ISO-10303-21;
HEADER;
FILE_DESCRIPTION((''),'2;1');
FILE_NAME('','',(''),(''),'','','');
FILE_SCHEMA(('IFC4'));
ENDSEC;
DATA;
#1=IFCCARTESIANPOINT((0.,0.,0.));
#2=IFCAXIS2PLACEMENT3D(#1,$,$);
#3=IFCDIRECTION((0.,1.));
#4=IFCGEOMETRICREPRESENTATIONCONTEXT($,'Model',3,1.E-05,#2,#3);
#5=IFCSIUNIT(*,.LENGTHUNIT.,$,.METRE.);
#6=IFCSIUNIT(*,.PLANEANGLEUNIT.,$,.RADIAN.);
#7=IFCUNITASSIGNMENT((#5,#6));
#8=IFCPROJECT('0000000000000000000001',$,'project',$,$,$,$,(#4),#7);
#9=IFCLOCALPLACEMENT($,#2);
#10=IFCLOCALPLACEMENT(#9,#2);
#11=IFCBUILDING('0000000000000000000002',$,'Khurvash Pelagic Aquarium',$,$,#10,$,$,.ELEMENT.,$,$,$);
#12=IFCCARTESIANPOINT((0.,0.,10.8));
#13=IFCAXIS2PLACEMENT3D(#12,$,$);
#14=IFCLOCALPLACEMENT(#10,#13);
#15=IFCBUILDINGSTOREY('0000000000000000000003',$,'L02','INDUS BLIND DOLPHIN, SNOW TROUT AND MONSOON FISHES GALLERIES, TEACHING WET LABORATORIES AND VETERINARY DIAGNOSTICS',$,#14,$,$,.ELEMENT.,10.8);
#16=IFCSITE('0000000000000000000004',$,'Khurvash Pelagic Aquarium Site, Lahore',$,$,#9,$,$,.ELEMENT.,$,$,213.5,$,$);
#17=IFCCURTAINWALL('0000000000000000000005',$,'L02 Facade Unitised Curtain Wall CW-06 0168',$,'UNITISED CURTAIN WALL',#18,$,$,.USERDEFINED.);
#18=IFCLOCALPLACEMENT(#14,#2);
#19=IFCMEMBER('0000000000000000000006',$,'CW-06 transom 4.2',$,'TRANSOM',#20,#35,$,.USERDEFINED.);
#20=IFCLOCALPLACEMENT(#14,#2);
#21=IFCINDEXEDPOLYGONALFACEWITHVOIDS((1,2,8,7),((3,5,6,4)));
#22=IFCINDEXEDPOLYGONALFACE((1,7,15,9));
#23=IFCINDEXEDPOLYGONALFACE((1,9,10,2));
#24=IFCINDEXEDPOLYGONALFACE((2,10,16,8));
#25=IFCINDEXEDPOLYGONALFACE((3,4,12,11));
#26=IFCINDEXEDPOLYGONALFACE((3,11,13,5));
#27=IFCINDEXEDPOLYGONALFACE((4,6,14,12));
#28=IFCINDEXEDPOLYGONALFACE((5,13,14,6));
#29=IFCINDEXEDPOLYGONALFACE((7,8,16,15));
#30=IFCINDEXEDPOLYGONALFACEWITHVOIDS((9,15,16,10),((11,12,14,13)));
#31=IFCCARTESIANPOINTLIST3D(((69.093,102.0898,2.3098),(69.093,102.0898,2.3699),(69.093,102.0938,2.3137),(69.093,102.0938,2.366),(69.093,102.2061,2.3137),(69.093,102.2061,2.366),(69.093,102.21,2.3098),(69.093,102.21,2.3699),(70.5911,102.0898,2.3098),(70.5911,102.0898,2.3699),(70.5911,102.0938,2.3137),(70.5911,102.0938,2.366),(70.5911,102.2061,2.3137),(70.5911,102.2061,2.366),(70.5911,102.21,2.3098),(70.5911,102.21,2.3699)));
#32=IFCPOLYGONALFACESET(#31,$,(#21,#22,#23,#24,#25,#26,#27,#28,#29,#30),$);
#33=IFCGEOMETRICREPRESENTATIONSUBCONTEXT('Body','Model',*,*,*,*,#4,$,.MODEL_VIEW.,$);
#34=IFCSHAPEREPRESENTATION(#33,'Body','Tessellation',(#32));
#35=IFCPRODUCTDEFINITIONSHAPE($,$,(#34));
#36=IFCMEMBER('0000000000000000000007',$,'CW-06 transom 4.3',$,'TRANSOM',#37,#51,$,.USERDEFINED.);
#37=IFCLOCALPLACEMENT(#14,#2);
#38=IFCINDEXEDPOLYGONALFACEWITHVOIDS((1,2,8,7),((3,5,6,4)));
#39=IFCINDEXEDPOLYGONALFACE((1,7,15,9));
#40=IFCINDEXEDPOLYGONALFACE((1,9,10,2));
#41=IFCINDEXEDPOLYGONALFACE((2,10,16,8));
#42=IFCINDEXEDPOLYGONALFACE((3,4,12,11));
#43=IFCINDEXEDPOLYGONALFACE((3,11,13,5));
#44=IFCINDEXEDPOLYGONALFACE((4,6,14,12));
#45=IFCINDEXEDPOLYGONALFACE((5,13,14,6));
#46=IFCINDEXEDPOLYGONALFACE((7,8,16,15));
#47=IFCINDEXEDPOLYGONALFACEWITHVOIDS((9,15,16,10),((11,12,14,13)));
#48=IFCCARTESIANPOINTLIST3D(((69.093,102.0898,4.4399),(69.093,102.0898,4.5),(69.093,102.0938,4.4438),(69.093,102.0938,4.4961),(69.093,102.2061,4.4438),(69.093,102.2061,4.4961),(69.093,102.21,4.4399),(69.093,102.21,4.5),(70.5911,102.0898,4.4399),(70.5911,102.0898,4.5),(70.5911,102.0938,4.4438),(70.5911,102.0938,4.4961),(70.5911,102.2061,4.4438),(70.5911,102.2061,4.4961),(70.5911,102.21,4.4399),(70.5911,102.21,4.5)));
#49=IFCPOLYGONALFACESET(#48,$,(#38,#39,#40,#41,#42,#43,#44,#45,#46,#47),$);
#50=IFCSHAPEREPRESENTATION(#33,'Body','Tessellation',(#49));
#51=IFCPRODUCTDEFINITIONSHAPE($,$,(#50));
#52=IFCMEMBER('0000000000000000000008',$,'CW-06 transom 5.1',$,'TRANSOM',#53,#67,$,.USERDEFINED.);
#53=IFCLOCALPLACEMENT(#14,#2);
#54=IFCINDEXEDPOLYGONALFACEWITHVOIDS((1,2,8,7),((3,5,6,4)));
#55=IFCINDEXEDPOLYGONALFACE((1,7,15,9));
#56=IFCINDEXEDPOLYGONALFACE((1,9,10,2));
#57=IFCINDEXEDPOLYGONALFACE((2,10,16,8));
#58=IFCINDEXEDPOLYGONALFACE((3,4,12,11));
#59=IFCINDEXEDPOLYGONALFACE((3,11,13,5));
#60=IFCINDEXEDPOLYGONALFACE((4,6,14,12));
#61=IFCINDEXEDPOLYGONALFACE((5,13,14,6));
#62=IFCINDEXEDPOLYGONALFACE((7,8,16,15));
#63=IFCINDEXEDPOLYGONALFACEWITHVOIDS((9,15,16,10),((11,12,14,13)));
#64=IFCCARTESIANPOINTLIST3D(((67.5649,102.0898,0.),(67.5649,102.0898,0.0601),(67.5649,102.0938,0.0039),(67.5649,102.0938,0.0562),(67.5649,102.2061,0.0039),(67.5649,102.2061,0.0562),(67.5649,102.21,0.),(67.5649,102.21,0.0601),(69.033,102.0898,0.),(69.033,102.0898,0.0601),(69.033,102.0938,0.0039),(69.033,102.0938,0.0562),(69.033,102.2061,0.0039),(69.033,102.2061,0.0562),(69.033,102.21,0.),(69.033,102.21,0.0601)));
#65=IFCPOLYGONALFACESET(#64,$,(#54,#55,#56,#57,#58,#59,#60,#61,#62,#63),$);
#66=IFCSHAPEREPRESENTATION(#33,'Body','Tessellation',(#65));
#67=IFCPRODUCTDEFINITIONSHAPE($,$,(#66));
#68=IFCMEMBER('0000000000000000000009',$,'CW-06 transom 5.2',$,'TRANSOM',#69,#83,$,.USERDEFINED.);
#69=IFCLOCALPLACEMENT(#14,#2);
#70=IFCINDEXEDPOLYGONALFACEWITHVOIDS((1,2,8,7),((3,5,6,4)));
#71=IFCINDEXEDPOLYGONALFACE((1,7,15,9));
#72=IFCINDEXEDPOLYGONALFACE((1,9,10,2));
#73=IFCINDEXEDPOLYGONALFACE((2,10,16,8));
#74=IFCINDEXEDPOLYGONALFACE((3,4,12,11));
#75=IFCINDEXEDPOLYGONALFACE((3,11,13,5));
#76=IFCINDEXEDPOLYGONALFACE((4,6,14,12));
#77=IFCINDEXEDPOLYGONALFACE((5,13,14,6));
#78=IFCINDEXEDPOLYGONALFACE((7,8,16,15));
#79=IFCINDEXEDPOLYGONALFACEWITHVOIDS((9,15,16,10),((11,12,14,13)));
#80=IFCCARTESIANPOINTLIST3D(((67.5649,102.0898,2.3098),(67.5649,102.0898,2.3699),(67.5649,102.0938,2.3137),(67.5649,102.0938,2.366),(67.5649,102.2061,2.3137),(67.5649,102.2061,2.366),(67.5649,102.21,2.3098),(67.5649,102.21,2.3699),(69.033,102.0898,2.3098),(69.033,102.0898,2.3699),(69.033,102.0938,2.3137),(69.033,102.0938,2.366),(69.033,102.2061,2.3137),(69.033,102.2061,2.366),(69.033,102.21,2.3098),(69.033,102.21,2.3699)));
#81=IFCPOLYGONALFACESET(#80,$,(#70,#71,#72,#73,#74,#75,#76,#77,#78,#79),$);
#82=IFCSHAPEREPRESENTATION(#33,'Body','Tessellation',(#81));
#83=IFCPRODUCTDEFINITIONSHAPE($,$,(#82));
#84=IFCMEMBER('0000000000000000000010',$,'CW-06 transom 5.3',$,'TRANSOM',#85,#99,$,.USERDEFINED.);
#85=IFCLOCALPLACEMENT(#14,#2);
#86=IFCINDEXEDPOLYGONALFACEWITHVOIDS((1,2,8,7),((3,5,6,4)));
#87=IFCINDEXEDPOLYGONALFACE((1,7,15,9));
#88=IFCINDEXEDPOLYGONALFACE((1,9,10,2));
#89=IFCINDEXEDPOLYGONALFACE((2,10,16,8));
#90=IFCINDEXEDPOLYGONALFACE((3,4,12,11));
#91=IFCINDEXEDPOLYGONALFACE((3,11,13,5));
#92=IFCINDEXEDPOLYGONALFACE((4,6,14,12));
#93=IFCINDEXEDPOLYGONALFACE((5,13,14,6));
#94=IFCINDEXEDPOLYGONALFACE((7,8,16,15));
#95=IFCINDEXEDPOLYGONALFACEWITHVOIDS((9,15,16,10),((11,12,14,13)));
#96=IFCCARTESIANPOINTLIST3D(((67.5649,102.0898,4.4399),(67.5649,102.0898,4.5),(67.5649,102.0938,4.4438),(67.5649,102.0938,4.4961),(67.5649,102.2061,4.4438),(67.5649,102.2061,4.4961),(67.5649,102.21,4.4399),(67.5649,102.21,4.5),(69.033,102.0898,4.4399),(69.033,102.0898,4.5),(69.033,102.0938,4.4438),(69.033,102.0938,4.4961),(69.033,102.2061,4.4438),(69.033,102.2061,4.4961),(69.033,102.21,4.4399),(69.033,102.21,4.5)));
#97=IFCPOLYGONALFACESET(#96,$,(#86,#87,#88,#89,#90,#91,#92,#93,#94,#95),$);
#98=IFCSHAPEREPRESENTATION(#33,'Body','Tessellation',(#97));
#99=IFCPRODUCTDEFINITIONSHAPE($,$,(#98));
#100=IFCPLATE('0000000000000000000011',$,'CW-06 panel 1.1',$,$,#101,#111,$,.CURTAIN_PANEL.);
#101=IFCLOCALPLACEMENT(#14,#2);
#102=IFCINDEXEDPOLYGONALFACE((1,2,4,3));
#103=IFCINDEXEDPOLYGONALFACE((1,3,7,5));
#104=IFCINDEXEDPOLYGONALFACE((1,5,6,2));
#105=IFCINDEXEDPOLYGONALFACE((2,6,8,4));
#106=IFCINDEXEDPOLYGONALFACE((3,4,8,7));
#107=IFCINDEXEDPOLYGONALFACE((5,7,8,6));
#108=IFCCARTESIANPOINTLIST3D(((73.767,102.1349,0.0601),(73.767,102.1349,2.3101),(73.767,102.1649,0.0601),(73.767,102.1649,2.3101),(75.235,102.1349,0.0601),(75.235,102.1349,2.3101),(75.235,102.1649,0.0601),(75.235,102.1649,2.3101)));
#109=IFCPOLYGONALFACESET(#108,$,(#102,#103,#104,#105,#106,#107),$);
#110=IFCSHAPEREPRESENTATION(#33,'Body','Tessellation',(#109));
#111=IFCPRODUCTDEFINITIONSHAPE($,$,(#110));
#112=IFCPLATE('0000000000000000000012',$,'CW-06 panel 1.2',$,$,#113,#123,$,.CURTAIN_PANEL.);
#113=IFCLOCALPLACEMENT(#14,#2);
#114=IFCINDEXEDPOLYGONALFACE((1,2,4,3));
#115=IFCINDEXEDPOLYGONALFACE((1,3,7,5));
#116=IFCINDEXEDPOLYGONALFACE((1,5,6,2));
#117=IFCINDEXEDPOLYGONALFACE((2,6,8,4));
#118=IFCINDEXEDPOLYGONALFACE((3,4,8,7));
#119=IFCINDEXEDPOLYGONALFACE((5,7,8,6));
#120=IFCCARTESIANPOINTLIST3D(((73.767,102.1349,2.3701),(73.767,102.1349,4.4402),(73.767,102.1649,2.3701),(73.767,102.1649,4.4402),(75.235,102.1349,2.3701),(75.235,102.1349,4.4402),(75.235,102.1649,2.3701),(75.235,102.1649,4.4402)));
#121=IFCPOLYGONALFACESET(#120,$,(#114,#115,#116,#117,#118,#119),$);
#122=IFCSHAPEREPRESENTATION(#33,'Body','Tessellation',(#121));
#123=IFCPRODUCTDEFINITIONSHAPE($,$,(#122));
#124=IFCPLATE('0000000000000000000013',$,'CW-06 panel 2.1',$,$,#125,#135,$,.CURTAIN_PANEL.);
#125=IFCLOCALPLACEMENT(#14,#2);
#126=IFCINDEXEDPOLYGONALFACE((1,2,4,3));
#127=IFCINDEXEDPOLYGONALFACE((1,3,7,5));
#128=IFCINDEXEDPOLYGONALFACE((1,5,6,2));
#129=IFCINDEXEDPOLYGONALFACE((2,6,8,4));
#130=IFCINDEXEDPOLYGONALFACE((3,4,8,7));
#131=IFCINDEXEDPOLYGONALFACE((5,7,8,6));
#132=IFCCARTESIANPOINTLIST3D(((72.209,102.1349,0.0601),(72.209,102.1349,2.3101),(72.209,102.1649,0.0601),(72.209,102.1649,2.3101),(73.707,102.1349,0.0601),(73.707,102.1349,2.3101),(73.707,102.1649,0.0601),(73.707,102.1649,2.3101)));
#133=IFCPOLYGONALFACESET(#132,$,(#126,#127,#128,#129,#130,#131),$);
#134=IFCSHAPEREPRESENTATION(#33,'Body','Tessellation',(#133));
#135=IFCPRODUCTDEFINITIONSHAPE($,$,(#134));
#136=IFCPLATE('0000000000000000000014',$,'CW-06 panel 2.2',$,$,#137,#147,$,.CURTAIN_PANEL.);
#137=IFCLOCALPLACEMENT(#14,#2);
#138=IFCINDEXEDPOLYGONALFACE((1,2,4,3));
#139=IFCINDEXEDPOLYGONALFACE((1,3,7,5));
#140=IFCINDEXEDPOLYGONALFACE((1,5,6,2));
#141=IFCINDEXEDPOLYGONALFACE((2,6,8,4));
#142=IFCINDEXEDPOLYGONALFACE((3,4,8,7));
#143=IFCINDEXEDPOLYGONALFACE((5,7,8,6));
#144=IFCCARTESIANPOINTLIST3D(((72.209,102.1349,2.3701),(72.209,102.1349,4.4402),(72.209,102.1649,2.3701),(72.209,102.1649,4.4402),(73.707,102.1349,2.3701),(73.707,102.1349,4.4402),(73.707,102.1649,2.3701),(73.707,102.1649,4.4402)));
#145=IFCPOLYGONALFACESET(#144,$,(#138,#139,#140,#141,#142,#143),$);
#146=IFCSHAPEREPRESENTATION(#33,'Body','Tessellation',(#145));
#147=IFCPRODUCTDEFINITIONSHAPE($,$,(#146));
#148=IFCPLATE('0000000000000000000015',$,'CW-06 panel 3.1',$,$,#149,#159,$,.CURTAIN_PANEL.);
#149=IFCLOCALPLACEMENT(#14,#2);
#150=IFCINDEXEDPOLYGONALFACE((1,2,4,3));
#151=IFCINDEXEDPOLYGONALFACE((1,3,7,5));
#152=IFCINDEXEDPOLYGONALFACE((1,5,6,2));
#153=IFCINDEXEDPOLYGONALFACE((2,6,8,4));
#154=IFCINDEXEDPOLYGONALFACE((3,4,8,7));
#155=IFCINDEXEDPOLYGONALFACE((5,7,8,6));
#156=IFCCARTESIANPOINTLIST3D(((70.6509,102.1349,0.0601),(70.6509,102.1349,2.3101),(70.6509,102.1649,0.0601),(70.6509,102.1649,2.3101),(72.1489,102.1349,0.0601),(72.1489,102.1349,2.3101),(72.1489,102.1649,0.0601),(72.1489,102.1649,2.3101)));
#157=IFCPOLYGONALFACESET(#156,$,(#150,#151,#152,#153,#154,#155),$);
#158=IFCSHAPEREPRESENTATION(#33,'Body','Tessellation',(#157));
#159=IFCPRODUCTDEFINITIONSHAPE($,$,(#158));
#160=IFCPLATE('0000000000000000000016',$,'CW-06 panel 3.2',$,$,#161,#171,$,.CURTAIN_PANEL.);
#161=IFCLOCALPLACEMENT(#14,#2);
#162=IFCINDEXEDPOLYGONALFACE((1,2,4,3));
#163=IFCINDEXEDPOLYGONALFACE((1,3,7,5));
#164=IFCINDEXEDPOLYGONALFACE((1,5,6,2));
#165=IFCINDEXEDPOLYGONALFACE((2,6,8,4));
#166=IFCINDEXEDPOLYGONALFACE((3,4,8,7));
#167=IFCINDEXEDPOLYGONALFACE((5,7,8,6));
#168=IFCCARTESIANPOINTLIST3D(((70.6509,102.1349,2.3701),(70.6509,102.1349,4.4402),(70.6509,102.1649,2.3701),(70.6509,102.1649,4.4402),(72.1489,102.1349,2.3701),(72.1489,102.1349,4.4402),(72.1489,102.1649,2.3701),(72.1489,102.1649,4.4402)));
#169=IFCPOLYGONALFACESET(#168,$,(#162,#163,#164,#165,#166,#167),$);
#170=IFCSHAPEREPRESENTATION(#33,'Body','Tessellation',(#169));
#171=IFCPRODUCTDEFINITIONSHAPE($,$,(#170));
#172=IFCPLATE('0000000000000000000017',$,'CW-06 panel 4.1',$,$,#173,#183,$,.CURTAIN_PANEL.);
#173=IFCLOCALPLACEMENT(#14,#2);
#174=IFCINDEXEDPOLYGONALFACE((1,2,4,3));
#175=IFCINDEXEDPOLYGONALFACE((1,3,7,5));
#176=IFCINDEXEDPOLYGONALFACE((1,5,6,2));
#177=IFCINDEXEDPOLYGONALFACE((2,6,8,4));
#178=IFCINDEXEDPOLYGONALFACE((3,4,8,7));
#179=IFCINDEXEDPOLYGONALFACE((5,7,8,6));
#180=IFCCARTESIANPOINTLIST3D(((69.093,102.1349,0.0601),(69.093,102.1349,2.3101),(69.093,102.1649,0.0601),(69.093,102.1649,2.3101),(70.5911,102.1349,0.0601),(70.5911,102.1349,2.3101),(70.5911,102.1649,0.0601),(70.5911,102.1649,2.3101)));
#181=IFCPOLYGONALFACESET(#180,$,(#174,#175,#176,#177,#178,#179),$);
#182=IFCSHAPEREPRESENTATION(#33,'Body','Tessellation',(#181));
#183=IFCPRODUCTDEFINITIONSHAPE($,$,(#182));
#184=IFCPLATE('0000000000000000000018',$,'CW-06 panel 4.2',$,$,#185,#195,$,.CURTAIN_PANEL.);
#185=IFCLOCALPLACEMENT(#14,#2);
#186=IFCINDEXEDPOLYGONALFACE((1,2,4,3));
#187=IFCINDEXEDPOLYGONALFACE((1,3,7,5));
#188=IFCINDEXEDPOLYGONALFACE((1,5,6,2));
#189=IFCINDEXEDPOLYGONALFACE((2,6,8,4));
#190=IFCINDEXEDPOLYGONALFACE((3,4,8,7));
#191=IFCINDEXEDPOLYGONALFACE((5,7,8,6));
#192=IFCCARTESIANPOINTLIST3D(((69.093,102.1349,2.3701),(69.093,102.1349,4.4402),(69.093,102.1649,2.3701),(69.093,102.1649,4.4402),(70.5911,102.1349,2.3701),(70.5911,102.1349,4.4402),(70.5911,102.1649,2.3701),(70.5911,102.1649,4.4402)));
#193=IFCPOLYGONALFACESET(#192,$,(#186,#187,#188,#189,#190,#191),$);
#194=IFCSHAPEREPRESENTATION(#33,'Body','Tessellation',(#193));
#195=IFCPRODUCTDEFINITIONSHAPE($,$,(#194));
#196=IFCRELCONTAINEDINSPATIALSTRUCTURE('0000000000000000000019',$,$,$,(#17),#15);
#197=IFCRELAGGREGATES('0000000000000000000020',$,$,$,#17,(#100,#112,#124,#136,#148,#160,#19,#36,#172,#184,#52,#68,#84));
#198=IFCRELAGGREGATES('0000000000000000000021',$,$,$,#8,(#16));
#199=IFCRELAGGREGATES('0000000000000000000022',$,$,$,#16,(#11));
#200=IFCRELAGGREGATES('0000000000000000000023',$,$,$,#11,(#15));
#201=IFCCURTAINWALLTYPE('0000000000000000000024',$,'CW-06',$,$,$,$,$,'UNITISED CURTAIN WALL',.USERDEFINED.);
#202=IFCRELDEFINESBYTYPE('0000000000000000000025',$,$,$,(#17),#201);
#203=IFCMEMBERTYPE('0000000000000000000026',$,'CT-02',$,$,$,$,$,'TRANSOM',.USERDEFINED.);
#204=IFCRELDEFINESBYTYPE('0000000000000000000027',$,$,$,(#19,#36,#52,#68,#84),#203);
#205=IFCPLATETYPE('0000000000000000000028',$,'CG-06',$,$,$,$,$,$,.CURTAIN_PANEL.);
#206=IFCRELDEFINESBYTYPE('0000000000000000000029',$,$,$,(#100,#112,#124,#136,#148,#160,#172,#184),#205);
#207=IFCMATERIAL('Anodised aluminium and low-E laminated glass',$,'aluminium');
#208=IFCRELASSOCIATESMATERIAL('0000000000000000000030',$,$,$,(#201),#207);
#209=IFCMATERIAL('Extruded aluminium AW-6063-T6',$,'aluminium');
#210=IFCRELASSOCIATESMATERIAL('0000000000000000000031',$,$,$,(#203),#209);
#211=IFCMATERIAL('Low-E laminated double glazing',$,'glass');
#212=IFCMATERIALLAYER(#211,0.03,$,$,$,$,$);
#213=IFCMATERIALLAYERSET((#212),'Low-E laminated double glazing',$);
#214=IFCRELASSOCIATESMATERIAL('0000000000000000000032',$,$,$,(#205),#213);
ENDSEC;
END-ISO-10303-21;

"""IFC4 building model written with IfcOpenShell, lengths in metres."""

from ifc_helpers import new_model, si_unit, direction, frame, origin, origin_2d, place, context, subcontext, project, spatial, rectangle, hollow_rectangle, extrude, material, layer, layer_set, material_profile, profile_set, type_object, element, aggregate, save


model = new_model("IFC4")

# Units and contexts
model_context = context("Model", 3, precision=1e-05, world=origin(), true_north=direction((0.0, 1.0)))
body_context = subcontext(model_context, "Body", "Model", "MODEL_VIEW")
ifc_project = project(units=[si_unit("LENGTHUNIT", "METRE"), si_unit("PLANEANGLEUNIT", "RADIAN")], contexts=[model_context])

# Site, building, storey
site_placement = place(None, origin())
site = spatial("IfcSite", under=ifc_project, at=site_placement, Name="Khurvash Pelagic Aquarium Site, Lahore", CompositionType="ELEMENT", RefElevation=213.5)
building_placement = place(site_placement, origin())
building = spatial("IfcBuilding", under=site, at=building_placement, Name="Khurvash Pelagic Aquarium", CompositionType="ELEMENT")
storey_placement = place(building_placement, frame((0.0, 0.0, 10.8)))
storey = spatial("IfcBuildingStorey", under=building, at=storey_placement, Name="L02", Description="INDUS BLIND DOLPHIN, SNOW TROUT AND MONSOON FISHES GALLERIES, TEACHING WET LABORATORIES AND VETERINARY DIAGNOSTICS", CompositionType="ELEMENT", Elevation=10.8)

# Curtain wall, members, plates
ifc_material_1 = material(Name="Anodised aluminium and low-E laminated glass", Category="aluminium")
curtain_wall_type = type_object("IfcCurtainWallType", Name="CW-06", ElementType="UNITISED CURTAIN WALL", PredefinedType="USERDEFINED", material=ifc_material_1)
curtain_wall_placement = place(storey_placement, origin())
curtain_wall = element("IfcCurtainWall", 1, at=curtain_wall_placement, inside=storey, type_object=curtain_wall_type, Name="L02 Facade Unitised Curtain Wall CW-06 0168", ObjectType="UNITISED CURTAIN WALL", PredefinedType="USERDEFINED")
ifc_material_2 = material(Name="Extruded aluminium AW-6063-T6", Category="aluminium")
ifc_material_profile_1 = material_profile(ifc_material_2, hollow_rectangle(XDim=0.1201, YDim=0.0601, WallThickness=0.0039, at=origin_2d()), Name="CWT120X60X4")
ifc_profile_set_1 = profile_set([ifc_material_profile_1], Name="Extruded aluminium AW-6063-T6")
member_type_1 = type_object("IfcMemberType", Name="CT-02", ElementType="TRANSOM", PredefinedType="USERDEFINED", material=ifc_profile_set_1)
member_1_placement = place(storey_placement, frame((70.5911, 102.1499, 2.3398), z_axis=(-1.0, 0.0, 0.0), x_axis=(0.0, -1.0, 0.0)))
member_1 = element("IfcMember", 2, at=member_1_placement, type_object=member_type_1, Name="CW-06 transom 4.2", ObjectType="TRANSOM", PredefinedType="USERDEFINED", context=body_context, shape_type="SweptSolid", body=[
    extrude(hollow_rectangle(XDim=0.1201, YDim=0.0601, WallThickness=0.0039, at=origin_2d()), origin(), (0.0, 0.0, 1.0), 1.498),
])
member_2_placement = place(storey_placement, frame((70.5911, 102.1499, 4.47), z_axis=(-1.0, 0.0, 0.0), x_axis=(0.0, -1.0, 0.0)))
member_2 = element("IfcMember", 3, at=member_2_placement, type_object=member_type_1, Name="CW-06 transom 4.3", ObjectType="TRANSOM", PredefinedType="USERDEFINED", context=body_context, shape_type="SweptSolid", body=[
    extrude(hollow_rectangle(XDim=0.1201, YDim=0.0601, WallThickness=0.0039, at=origin_2d()), origin(), (0.0, 0.0, 1.0), 1.498),
])
member_3_placement = place(storey_placement, frame((69.033, 102.1499, 0.03), z_axis=(-1.0, 0.0, 0.0), x_axis=(0.0, -1.0, 0.0)))
member_3 = element("IfcMember", 4, at=member_3_placement, type_object=member_type_1, Name="CW-06 transom 5.1", ObjectType="TRANSOM", PredefinedType="USERDEFINED", context=body_context, shape_type="SweptSolid", body=[
    extrude(hollow_rectangle(XDim=0.1201, YDim=0.0601, WallThickness=0.0039, at=origin_2d()), origin(), (0.0, 0.0, 1.0), 1.468),
])
member_4_placement = place(storey_placement, frame((69.033, 102.1499, 2.3398), z_axis=(-1.0, 0.0, 0.0), x_axis=(0.0, -1.0, 0.0)))
member_4 = element("IfcMember", 5, at=member_4_placement, type_object=member_type_1, Name="CW-06 transom 5.2", ObjectType="TRANSOM", PredefinedType="USERDEFINED", context=body_context, shape_type="SweptSolid", body=[
    extrude(hollow_rectangle(XDim=0.1201, YDim=0.0601, WallThickness=0.0039, at=origin_2d()), origin(), (0.0, 0.0, 1.0), 1.468),
])
member_5_placement = place(storey_placement, frame((69.033, 102.1499, 4.47), z_axis=(-1.0, 0.0, 0.0), x_axis=(0.0, -1.0, 0.0)))
member_5 = element("IfcMember", 6, at=member_5_placement, type_object=member_type_1, Name="CW-06 transom 5.3", ObjectType="TRANSOM", PredefinedType="USERDEFINED", context=body_context, shape_type="SweptSolid", body=[
    extrude(hollow_rectangle(XDim=0.1201, YDim=0.0601, WallThickness=0.0039, at=origin_2d()), origin(), (0.0, 0.0, 1.0), 1.468),
])
ifc_material_3 = material(Name="Low-E laminated double glazing", Category="glass")
ifc_layer = layer(ifc_material_3, 0.03)
ifc_layer_set = layer_set([ifc_layer], Name="Low-E laminated double glazing")
plate_type = type_object("IfcPlateType", Name="CG-06", PredefinedType="CURTAIN_PANEL", material=ifc_layer_set)
plate_1_placement = place(storey_placement, frame((74.501, 102.1499, 0.0601), z_axis=(0.0, 0.0, 1.0), x_axis=(-1.0, 0.0, 0.0)))
plate_1 = element("IfcPlate", 7, at=plate_1_placement, type_object=plate_type, Name="CW-06 panel 1.1", PredefinedType="CURTAIN_PANEL", context=body_context, shape_type="SweptSolid", body=[
    extrude(rectangle(XDim=1.468, YDim=0.03, at=origin_2d()), origin(), (0.0, 0.0, 1.0), 2.25),
])
plate_2_placement = place(storey_placement, frame((74.501, 102.1499, 2.3701), z_axis=(0.0, 0.0, 1.0), x_axis=(-1.0, 0.0, 0.0)))
plate_2 = element("IfcPlate", 8, at=plate_2_placement, type_object=plate_type, Name="CW-06 panel 1.2", PredefinedType="CURTAIN_PANEL", context=body_context, shape_type="SweptSolid", body=[
    extrude(rectangle(XDim=1.468, YDim=0.03, at=origin_2d()), origin(), (0.0, 0.0, 1.0), 2.0701),
])
plate_3_placement = place(storey_placement, frame((72.958, 102.1499, 0.0601), z_axis=(0.0, 0.0, 1.0), x_axis=(-1.0, 0.0, 0.0)))
plate_3 = element("IfcPlate", 9, at=plate_3_placement, type_object=plate_type, Name="CW-06 panel 2.1", PredefinedType="CURTAIN_PANEL", context=body_context, shape_type="SweptSolid", body=[
    extrude(rectangle(XDim=1.498, YDim=0.03, at=origin_2d()), origin(), (0.0, 0.0, 1.0), 2.25),
])
plate_4_placement = place(storey_placement, frame((72.958, 102.1499, 2.3701), z_axis=(0.0, 0.0, 1.0), x_axis=(-1.0, 0.0, 0.0)))
plate_4 = element("IfcPlate", 10, at=plate_4_placement, type_object=plate_type, Name="CW-06 panel 2.2", PredefinedType="CURTAIN_PANEL", context=body_context, shape_type="SweptSolid", body=[
    extrude(rectangle(XDim=1.498, YDim=0.03, at=origin_2d()), origin(), (0.0, 0.0, 1.0), 2.0701),
])
plate_5_placement = place(storey_placement, frame((71.3999, 102.1499, 0.0601), z_axis=(0.0, 0.0, 1.0), x_axis=(-1.0, 0.0, 0.0)))
plate_5 = element("IfcPlate", 11, at=plate_5_placement, type_object=plate_type, Name="CW-06 panel 3.1", PredefinedType="CURTAIN_PANEL", context=body_context, shape_type="SweptSolid", body=[
    extrude(rectangle(XDim=1.498, YDim=0.03, at=origin_2d()), origin(), (0.0, 0.0, 1.0), 2.25),
])
plate_6_placement = place(storey_placement, frame((71.3999, 102.1499, 2.3701), z_axis=(0.0, 0.0, 1.0), x_axis=(-1.0, 0.0, 0.0)))
plate_6 = element("IfcPlate", 12, at=plate_6_placement, type_object=plate_type, Name="CW-06 panel 3.2", PredefinedType="CURTAIN_PANEL", context=body_context, shape_type="SweptSolid", body=[
    extrude(rectangle(XDim=1.498, YDim=0.03, at=origin_2d()), origin(), (0.0, 0.0, 1.0), 2.0701),
])
plate_7_placement = place(storey_placement, frame((69.842, 102.1499, 0.0601), z_axis=(0.0, 0.0, 1.0), x_axis=(-1.0, 0.0, 0.0)))
plate_7 = element("IfcPlate", 13, at=plate_7_placement, type_object=plate_type, Name="CW-06 panel 4.1", PredefinedType="CURTAIN_PANEL", context=body_context, shape_type="SweptSolid", body=[
    extrude(rectangle(XDim=1.498, YDim=0.03, at=origin_2d()), origin(), (0.0, 0.0, 1.0), 2.25),
])
plate_8_placement = place(storey_placement, frame((69.842, 102.1499, 2.3701), z_axis=(0.0, 0.0, 1.0), x_axis=(-1.0, 0.0, 0.0)))
plate_8 = element("IfcPlate", 14, at=plate_8_placement, type_object=plate_type, Name="CW-06 panel 4.2", PredefinedType="CURTAIN_PANEL", context=body_context, shape_type="SweptSolid", body=[
    extrude(rectangle(XDim=1.498, YDim=0.03, at=origin_2d()), origin(), (0.0, 0.0, 1.0), 2.0701),
])
aggregate(curtain_wall, [plate_1, plate_2, plate_3, plate_4, plate_5, plate_6, member_1, member_2, plate_7, plate_8, member_3, member_4, member_5])

save(model, "model.ifc")
